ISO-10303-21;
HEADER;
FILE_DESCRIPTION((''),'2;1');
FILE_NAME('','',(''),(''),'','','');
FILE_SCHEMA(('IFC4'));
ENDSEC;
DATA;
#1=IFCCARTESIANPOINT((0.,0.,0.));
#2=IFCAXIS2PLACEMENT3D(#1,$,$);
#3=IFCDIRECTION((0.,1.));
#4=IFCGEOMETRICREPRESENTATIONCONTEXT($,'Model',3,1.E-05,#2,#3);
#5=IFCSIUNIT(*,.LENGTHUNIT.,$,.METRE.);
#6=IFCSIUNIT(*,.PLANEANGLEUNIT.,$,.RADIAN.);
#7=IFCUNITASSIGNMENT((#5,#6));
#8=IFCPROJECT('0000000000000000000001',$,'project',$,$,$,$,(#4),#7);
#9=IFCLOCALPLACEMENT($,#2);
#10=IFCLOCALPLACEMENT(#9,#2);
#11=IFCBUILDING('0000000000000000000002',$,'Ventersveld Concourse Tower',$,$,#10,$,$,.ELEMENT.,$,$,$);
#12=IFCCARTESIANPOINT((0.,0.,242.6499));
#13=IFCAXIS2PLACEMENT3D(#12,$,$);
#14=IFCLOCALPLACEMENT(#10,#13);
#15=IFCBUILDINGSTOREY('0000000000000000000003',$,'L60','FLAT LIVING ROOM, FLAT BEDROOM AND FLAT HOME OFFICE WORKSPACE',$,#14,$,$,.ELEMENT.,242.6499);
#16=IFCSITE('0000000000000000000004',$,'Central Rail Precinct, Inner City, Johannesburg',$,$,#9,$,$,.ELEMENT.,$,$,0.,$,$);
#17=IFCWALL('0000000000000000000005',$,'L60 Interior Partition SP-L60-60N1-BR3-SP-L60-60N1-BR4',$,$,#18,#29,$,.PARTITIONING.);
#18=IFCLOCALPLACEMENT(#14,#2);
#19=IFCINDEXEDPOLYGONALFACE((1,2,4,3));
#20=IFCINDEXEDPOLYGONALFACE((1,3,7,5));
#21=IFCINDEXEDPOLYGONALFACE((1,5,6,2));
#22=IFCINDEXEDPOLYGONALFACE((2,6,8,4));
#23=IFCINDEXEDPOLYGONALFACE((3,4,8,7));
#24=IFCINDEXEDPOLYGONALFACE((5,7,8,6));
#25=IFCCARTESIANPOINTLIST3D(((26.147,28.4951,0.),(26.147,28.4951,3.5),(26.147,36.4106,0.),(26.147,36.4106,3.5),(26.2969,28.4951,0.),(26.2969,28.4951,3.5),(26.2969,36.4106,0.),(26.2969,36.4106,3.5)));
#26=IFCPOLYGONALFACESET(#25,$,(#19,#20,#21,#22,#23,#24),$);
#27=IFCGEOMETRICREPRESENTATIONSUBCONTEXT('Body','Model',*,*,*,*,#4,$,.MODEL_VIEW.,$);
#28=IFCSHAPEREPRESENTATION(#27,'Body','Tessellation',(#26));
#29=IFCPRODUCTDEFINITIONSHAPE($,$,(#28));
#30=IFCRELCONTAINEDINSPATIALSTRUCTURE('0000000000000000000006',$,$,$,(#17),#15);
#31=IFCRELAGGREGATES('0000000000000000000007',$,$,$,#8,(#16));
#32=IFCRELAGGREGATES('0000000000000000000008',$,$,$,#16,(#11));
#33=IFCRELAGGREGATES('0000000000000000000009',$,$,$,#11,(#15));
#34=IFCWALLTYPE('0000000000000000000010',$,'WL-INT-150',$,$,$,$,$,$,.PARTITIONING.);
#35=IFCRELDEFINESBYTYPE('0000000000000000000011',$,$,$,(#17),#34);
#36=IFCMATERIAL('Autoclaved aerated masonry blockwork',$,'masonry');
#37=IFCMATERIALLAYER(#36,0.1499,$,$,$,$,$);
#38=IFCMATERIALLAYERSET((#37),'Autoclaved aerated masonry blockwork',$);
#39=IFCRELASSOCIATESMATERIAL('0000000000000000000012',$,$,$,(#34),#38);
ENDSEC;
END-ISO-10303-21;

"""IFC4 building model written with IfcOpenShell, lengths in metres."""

from ifc_helpers import new_model, si_unit, direction, frame, frame_2d, origin, place, context, subcontext, project, spatial, rectangle, extrude, material, layer, layer_set, type_object, element, save


model = new_model("IFC4")

# Units and contexts
model_context = context("Model", 3, precision=1e-05, world=origin(), true_north=direction((0.0, 1.0)))
body_context = subcontext(model_context, "Body", "Model", "MODEL_VIEW")
ifc_project = project(units=[si_unit("LENGTHUNIT", "METRE"), si_unit("PLANEANGLEUNIT", "RADIAN")], contexts=[model_context])

# Site, building, storey
site_placement = place(None, origin())
site = spatial("IfcSite", under=ifc_project, at=site_placement, Name="Central Rail Precinct, Inner City, Johannesburg", CompositionType="ELEMENT", RefElevation=0.0)
building_placement = place(site_placement, origin())
building = spatial("IfcBuilding", under=site, at=building_placement, Name="Ventersveld Concourse Tower", CompositionType="ELEMENT")
storey_placement = place(building_placement, frame((0.0, 0.0, 242.6499)))
storey = spatial("IfcBuildingStorey", under=building, at=storey_placement, Name="L60", Description="FLAT LIVING ROOM, FLAT BEDROOM AND FLAT HOME OFFICE WORKSPACE", CompositionType="ELEMENT", Elevation=242.6499)

# Shared definitions
ifc_material_1 = material(Name="Autoclaved aerated masonry blockwork", Category="masonry")
ifc_layer_1 = layer(ifc_material_1, 0.1499)
ifc_layer_set_1 = layer_set([ifc_layer_1], Name="Autoclaved aerated masonry blockwork")
wall_type_1 = type_object("IfcWallType", Name="WL-INT-150", PredefinedType="PARTITIONING", material=ifc_layer_set_1)

# Wall
for number, where, z_axis, x_axis, name in (
    (1, (26.2219, 28.4951, 0.0), (0.0, 0.0, 1.0), (0.0, 1.0, 0.0), "L60 Interior Partition SP-L60-60N1-BR3-SP-L60-60N1-BR4"),
):
    element("IfcWall", number, at=place(storey_placement, frame(where, z_axis=z_axis, x_axis=x_axis)), inside=storey, type_object=wall_type_1, Name=name, PredefinedType="PARTITIONING", context=body_context, shape_type="SweptSolid", body=[
        extrude(rectangle(XDim=7.9155, YDim=0.1499, at=frame_2d((3.9578, 0.0))), origin(), (0.0, 0.0, 1.0), 3.5),
    ])

save(model, "model.ifc")
